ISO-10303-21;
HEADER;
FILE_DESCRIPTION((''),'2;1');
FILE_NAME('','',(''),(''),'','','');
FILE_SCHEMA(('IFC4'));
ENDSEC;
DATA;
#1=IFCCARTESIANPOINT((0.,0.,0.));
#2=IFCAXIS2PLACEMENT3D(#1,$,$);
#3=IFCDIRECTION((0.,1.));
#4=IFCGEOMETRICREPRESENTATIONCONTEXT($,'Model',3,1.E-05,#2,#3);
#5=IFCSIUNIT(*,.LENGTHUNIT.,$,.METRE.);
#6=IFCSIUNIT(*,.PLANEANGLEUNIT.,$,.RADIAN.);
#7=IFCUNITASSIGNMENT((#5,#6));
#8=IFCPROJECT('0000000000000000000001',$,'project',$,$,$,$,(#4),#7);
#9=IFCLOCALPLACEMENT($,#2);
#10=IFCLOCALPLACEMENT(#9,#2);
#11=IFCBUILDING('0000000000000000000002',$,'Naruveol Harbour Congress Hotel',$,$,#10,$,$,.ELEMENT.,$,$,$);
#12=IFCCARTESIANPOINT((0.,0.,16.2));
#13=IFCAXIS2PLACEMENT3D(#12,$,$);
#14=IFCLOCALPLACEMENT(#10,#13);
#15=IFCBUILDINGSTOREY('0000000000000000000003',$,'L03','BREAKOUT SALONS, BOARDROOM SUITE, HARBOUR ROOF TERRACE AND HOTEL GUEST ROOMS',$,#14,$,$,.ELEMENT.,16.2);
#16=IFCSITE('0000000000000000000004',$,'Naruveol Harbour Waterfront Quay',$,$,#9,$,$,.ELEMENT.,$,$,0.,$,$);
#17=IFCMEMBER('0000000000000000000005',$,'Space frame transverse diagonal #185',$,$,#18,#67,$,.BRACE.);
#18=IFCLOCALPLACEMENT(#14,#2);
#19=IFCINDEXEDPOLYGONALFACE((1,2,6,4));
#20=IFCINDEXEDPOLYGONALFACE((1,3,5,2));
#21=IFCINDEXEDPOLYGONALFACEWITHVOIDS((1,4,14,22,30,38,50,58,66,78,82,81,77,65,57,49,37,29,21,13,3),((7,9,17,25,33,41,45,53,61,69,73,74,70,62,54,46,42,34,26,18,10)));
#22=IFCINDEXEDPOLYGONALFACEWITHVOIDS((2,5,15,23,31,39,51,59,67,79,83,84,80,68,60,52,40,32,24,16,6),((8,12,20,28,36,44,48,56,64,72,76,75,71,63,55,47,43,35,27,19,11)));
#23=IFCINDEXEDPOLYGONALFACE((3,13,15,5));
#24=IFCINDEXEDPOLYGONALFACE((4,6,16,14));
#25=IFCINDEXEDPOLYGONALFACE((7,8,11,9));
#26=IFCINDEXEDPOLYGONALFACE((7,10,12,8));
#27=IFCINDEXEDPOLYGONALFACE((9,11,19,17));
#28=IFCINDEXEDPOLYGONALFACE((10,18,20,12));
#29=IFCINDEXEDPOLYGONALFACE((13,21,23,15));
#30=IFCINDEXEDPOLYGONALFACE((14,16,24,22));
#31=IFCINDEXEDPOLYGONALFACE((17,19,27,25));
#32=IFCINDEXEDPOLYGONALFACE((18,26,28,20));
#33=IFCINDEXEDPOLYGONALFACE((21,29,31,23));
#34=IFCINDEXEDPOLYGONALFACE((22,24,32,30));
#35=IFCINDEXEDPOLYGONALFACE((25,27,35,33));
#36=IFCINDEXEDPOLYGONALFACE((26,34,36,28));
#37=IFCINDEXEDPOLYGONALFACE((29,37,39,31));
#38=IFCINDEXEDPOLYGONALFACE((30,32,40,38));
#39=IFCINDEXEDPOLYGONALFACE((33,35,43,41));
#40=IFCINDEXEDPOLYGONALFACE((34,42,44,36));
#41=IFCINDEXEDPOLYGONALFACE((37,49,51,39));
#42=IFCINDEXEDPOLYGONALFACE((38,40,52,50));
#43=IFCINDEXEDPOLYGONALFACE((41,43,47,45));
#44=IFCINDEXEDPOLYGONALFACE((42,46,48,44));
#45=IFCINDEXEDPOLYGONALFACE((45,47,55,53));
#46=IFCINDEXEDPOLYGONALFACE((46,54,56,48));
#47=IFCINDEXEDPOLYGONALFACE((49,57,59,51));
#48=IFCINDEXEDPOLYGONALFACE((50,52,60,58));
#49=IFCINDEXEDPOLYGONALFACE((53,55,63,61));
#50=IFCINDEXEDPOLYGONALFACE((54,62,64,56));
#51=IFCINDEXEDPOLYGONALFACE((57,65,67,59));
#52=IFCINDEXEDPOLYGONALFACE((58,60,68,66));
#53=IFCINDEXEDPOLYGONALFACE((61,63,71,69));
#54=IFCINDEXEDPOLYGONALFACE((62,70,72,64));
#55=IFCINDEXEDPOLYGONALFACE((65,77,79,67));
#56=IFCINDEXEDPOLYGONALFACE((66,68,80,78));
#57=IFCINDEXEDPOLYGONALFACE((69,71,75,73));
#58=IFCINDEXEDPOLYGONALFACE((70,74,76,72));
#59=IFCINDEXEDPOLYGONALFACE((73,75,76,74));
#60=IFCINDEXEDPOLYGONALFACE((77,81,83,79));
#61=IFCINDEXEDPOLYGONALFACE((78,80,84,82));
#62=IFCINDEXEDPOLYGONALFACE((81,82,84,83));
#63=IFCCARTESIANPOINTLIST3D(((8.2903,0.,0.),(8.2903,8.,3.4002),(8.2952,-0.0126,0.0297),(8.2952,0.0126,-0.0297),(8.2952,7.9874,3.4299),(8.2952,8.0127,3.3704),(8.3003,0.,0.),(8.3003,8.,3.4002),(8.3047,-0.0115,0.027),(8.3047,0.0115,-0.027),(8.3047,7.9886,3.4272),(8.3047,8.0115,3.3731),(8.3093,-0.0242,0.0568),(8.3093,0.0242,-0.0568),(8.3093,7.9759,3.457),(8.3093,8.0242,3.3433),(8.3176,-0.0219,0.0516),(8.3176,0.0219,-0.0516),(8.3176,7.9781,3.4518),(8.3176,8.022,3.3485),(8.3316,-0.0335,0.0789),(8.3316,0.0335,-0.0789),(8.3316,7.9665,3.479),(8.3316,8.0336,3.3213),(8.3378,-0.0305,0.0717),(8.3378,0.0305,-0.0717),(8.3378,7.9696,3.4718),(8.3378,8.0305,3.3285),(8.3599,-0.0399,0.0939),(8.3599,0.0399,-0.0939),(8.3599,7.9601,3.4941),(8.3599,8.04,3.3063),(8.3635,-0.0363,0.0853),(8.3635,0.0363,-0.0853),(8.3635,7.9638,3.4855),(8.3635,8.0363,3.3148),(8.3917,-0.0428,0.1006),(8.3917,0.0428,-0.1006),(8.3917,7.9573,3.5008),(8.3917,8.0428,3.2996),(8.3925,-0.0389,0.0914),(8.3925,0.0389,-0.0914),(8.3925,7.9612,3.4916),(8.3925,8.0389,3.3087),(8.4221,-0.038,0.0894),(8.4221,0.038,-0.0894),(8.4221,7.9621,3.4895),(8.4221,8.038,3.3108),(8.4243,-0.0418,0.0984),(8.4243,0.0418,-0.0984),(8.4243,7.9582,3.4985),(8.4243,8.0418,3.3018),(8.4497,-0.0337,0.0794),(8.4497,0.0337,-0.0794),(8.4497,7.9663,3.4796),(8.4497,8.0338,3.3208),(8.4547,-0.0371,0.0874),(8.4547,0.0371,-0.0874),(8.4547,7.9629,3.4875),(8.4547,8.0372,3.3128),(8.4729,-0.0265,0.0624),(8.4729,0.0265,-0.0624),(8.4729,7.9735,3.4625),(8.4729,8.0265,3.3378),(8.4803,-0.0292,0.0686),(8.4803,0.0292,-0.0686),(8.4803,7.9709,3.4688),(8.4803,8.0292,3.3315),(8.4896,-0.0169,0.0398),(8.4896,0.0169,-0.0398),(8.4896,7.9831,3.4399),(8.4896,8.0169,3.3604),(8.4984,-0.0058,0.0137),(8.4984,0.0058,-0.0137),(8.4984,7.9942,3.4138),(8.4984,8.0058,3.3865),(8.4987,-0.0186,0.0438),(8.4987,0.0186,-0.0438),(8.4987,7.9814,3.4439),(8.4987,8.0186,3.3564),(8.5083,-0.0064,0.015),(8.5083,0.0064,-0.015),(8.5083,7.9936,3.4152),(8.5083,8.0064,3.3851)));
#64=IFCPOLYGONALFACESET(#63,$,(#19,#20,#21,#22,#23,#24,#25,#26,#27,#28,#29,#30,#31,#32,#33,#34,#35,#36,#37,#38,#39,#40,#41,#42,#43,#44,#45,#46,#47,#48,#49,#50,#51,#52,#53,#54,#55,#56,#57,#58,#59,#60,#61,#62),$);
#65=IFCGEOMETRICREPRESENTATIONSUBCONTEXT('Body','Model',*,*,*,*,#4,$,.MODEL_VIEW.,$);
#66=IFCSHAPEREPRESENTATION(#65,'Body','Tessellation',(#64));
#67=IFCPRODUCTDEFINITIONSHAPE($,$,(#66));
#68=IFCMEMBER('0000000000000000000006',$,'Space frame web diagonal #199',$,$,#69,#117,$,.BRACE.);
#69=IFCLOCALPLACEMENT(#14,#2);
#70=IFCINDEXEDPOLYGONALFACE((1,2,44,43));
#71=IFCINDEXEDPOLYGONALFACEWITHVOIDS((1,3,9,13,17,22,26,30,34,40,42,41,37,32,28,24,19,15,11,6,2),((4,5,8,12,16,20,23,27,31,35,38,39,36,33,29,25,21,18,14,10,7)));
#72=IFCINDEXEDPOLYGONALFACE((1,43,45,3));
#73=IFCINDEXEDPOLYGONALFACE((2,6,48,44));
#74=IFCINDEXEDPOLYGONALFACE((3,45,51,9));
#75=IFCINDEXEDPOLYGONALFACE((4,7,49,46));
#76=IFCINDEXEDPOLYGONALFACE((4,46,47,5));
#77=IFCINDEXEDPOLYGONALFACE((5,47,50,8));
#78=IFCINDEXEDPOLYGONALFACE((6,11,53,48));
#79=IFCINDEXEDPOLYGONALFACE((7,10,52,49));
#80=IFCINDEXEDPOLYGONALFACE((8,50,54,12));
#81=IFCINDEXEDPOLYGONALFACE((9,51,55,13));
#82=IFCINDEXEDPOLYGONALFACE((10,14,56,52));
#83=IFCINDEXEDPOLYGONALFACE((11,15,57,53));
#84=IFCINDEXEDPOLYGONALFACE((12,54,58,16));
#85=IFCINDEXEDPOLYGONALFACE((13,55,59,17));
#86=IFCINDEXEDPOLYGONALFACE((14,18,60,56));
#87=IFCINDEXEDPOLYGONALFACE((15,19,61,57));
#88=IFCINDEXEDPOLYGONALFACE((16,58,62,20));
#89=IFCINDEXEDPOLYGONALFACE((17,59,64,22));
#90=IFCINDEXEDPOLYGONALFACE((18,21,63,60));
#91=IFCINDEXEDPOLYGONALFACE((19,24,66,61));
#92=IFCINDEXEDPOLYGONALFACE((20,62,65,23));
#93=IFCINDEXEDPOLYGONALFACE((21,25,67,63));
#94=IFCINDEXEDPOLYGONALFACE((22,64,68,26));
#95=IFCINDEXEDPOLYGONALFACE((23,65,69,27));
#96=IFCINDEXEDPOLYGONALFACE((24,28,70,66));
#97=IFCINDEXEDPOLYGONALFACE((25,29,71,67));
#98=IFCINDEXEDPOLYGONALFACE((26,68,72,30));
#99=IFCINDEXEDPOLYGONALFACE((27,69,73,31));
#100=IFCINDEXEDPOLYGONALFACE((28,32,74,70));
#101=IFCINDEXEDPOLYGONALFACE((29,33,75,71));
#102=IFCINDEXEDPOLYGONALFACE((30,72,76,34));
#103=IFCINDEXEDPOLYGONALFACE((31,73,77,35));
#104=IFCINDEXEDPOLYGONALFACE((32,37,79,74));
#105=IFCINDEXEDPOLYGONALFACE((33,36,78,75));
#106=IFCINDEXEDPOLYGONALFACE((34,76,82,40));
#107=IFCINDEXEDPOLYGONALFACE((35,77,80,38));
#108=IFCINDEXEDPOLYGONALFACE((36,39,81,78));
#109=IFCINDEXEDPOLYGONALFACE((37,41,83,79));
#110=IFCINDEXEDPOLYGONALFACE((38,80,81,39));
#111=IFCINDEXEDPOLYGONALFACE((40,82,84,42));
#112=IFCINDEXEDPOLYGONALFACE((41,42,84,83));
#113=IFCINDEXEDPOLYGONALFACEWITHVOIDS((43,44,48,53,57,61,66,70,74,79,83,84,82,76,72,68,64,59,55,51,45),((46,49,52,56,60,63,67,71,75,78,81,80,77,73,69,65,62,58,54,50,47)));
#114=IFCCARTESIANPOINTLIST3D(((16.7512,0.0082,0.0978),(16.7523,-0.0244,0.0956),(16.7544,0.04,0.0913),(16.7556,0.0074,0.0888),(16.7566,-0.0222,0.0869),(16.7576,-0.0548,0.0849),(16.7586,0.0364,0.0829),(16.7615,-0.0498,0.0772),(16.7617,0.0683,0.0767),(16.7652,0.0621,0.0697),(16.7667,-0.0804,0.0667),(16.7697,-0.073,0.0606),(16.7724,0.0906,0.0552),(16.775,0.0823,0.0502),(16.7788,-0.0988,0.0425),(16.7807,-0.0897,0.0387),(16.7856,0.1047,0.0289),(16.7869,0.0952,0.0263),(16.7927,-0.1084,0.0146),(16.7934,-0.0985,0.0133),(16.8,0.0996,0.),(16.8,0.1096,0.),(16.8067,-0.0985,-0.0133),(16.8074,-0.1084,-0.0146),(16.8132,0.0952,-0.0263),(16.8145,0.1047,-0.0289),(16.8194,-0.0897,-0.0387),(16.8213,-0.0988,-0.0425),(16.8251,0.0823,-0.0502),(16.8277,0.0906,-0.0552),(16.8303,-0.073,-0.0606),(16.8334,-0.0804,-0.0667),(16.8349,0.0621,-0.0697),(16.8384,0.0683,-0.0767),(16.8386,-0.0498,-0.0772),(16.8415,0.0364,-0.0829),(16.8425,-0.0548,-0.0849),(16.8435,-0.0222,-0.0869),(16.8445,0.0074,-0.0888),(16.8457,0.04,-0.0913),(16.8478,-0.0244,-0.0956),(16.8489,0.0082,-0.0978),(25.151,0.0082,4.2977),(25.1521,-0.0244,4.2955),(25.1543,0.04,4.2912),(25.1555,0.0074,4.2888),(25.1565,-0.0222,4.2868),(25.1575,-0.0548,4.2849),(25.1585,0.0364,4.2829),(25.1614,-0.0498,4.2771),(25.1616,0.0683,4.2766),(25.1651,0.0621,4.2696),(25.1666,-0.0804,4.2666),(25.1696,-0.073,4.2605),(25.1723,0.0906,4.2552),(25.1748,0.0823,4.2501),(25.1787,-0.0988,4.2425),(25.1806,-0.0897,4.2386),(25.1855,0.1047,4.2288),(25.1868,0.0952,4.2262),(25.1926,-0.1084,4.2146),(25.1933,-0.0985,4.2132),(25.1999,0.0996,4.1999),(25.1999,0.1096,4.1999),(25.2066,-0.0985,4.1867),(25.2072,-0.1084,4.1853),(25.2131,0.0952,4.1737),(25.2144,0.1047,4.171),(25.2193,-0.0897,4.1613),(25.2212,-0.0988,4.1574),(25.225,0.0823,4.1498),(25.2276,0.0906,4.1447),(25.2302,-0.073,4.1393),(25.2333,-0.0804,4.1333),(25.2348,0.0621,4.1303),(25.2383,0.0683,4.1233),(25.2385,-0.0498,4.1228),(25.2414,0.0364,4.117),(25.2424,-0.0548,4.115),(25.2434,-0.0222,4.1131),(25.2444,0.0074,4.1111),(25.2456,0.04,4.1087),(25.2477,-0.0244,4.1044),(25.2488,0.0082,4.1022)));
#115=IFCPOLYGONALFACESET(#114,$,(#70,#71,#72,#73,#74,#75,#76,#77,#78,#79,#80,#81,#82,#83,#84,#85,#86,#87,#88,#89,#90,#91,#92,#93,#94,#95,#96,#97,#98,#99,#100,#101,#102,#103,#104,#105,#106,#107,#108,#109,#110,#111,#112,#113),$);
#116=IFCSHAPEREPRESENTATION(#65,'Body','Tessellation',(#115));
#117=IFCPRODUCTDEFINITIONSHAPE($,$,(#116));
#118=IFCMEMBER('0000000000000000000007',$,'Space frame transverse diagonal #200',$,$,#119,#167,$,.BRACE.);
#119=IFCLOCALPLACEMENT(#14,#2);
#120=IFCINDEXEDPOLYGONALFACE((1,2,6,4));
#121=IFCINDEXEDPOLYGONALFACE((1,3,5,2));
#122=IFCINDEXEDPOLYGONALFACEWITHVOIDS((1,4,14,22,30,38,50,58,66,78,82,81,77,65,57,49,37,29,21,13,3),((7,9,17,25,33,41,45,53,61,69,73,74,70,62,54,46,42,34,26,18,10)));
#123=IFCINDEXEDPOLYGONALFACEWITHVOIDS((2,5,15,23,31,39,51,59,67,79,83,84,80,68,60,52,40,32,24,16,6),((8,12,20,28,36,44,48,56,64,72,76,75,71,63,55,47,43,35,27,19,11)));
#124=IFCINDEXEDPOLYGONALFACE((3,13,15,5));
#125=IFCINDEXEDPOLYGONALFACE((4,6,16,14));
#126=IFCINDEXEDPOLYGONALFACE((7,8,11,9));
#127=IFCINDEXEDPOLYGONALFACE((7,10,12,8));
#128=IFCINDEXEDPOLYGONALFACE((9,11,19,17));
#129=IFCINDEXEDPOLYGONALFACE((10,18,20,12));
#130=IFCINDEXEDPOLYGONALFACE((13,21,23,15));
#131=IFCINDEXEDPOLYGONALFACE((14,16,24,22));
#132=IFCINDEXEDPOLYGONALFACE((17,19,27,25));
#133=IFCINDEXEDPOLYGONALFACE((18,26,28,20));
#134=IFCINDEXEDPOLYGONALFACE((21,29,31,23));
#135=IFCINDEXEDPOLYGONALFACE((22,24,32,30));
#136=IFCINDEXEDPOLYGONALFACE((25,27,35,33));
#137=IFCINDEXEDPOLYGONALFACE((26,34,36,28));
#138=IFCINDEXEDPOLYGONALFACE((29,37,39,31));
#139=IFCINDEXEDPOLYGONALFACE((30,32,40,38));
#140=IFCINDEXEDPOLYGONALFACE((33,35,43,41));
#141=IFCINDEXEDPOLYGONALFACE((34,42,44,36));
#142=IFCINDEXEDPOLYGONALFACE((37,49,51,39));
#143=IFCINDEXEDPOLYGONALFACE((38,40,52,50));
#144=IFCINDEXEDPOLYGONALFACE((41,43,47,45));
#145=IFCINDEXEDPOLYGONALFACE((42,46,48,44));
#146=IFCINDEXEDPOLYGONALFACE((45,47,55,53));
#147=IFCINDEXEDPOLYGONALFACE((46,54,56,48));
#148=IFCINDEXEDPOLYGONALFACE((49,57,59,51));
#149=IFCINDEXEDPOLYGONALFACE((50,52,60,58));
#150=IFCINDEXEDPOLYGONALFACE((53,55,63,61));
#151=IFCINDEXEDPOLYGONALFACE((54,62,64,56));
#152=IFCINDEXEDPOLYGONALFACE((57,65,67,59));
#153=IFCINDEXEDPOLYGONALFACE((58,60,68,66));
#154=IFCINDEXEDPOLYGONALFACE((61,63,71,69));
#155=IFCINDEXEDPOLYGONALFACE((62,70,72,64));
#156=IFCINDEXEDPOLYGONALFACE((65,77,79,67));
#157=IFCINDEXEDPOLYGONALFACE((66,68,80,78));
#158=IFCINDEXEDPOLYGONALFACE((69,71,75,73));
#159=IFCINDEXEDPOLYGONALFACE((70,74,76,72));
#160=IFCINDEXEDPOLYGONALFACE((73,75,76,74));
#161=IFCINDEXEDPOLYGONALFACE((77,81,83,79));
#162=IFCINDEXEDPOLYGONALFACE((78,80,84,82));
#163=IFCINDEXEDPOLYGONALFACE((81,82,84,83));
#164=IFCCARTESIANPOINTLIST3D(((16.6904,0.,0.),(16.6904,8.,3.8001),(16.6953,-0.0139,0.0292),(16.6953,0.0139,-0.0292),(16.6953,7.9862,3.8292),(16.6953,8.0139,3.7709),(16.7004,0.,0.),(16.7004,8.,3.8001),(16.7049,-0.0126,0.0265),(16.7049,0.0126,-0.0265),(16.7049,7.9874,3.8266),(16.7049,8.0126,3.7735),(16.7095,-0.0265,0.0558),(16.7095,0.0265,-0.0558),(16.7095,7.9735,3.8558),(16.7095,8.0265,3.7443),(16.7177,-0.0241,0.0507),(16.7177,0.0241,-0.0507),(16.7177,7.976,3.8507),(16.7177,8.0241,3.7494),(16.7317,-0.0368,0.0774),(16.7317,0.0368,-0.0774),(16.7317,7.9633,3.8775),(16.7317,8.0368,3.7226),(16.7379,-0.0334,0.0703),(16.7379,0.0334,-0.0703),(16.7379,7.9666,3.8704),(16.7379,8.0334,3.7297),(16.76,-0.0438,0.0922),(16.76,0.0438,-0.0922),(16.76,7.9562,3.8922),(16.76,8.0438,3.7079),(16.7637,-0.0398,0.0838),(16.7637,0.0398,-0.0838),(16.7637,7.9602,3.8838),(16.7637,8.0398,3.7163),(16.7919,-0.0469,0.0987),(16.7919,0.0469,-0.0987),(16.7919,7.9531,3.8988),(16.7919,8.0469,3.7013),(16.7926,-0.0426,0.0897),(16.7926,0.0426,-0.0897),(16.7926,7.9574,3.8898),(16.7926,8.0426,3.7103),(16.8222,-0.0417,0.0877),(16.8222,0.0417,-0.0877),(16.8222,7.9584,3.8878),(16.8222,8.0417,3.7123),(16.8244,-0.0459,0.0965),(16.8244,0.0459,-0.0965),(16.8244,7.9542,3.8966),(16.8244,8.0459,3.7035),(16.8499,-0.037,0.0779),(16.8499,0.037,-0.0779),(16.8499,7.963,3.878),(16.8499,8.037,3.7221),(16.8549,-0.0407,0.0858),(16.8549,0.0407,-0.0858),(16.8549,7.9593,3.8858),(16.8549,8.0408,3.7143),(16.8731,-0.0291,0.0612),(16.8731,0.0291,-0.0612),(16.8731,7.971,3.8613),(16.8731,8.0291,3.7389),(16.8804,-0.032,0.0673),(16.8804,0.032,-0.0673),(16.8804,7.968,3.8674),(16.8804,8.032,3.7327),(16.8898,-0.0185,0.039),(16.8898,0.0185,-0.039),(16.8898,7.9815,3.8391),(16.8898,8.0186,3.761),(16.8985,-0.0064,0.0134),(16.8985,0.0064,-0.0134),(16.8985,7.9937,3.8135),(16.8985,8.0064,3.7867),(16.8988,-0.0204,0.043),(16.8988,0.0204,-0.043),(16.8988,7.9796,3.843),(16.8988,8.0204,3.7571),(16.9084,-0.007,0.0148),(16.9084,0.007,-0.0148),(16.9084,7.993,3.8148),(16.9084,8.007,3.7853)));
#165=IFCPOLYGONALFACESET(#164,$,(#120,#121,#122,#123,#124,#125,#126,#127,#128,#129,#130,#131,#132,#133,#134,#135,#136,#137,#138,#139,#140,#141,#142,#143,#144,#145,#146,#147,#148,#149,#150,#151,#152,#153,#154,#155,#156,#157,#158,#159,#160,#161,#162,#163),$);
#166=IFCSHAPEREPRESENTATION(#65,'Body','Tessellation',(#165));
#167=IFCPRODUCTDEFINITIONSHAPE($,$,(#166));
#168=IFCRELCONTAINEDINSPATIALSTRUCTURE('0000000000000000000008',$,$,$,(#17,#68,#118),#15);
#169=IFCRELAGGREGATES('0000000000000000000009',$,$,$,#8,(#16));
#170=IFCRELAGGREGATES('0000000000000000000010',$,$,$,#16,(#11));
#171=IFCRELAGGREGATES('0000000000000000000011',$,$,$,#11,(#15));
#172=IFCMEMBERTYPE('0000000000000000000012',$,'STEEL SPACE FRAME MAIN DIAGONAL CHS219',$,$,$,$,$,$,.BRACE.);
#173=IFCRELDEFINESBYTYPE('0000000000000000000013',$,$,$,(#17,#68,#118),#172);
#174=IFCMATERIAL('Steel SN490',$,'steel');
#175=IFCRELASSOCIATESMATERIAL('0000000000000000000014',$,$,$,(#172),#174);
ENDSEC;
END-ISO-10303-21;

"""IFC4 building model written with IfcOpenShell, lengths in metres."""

from ifc_helpers import new_model, si_unit, direction, frame, origin, origin_2d, place, context, subcontext, project, spatial, hollow_circle, extrude, material, material_profile, profile_set, type_object, element, save


model = new_model("IFC4")

# Units and contexts
model_context = context("Model", 3, precision=1e-05, world=origin(), true_north=direction((0.0, 1.0)))
body_context = subcontext(model_context, "Body", "Model", "MODEL_VIEW")
ifc_project = project(units=[si_unit("LENGTHUNIT", "METRE"), si_unit("PLANEANGLEUNIT", "RADIAN")], contexts=[model_context])

# Site, building, storey
site_placement = place(None, origin())
site = spatial("IfcSite", under=ifc_project, at=site_placement, Name="Naruveol Harbour Waterfront Quay", CompositionType="ELEMENT", RefElevation=0.0)
building_placement = place(site_placement, origin())
building = spatial("IfcBuilding", under=site, at=building_placement, Name="Naruveol Harbour Congress Hotel", CompositionType="ELEMENT")
storey_placement = place(building_placement, frame((0.0, 0.0, 16.2)))
storey = spatial("IfcBuildingStorey", under=building, at=storey_placement, Name="L03", Description="BREAKOUT SALONS, BOARDROOM SUITE, HARBOUR ROOF TERRACE AND HOTEL GUEST ROOMS", CompositionType="ELEMENT", Elevation=16.2)

# Members
ifc_material_1 = material(Name="Steel SN490", Category="steel")
ifc_material_profile_1 = material_profile(ifc_material_1, hollow_circle(Radius=0.1096, WallThickness=0.01, at=origin_2d()), Name="CHS-219.1x10")
ifc_profile_set_1 = profile_set([ifc_material_profile_1], Name="Steel SN490")
member_type_1 = type_object("IfcMemberType", Name="STEEL SPACE FRAME MAIN DIAGONAL CHS219", PredefinedType="BRACE", material=ifc_profile_set_1)
member_1_placement = place(storey_placement, frame((8.3999, 0.0, 0.0), z_axis=(0.0, 0.920325, 0.391155), x_axis=(-1.0, 0.0, 0.0)))
element("IfcMember", 1, at=member_1_placement, inside=storey, type_object=member_type_1, Name="Space frame transverse diagonal #185", PredefinedType="BRACE", context=body_context, shape_type="SweptSolid", body=[
    extrude(hollow_circle(Radius=0.1096, WallThickness=0.01, at=origin_2d()), origin(), (0.0, 0.0, 1.0), 8.6926),
])
member_2_placement = place(storey_placement, frame((16.8, 0.0, 0.0), z_axis=(0.894427, 0.0, 0.447214), x_axis=(0.0, 1.0, 0.0)))
element("IfcMember", 2, at=member_2_placement, inside=storey, type_object=member_type_1, Name="Space frame web diagonal #199", PredefinedType="BRACE", context=body_context, shape_type="SweptSolid", body=[
    extrude(hollow_circle(Radius=0.1096, WallThickness=0.01, at=origin_2d()), origin(), (0.0, 0.0, 1.0), 9.3914),
])
member_3_placement = place(storey_placement, frame((16.8, 0.0, 0.0), z_axis=(0.0, 0.903275, 0.429061), x_axis=(-1.0, 0.0, 0.0)))
element("IfcMember", 3, at=member_3_placement, inside=storey, type_object=member_type_1, Name="Space frame transverse diagonal #200", PredefinedType="BRACE", context=body_context, shape_type="SweptSolid", body=[
    extrude(hollow_circle(Radius=0.1096, WallThickness=0.01, at=origin_2d()), origin(), (0.0, 0.0, 1.0), 8.8567),
])

save(model, "model.ifc")
